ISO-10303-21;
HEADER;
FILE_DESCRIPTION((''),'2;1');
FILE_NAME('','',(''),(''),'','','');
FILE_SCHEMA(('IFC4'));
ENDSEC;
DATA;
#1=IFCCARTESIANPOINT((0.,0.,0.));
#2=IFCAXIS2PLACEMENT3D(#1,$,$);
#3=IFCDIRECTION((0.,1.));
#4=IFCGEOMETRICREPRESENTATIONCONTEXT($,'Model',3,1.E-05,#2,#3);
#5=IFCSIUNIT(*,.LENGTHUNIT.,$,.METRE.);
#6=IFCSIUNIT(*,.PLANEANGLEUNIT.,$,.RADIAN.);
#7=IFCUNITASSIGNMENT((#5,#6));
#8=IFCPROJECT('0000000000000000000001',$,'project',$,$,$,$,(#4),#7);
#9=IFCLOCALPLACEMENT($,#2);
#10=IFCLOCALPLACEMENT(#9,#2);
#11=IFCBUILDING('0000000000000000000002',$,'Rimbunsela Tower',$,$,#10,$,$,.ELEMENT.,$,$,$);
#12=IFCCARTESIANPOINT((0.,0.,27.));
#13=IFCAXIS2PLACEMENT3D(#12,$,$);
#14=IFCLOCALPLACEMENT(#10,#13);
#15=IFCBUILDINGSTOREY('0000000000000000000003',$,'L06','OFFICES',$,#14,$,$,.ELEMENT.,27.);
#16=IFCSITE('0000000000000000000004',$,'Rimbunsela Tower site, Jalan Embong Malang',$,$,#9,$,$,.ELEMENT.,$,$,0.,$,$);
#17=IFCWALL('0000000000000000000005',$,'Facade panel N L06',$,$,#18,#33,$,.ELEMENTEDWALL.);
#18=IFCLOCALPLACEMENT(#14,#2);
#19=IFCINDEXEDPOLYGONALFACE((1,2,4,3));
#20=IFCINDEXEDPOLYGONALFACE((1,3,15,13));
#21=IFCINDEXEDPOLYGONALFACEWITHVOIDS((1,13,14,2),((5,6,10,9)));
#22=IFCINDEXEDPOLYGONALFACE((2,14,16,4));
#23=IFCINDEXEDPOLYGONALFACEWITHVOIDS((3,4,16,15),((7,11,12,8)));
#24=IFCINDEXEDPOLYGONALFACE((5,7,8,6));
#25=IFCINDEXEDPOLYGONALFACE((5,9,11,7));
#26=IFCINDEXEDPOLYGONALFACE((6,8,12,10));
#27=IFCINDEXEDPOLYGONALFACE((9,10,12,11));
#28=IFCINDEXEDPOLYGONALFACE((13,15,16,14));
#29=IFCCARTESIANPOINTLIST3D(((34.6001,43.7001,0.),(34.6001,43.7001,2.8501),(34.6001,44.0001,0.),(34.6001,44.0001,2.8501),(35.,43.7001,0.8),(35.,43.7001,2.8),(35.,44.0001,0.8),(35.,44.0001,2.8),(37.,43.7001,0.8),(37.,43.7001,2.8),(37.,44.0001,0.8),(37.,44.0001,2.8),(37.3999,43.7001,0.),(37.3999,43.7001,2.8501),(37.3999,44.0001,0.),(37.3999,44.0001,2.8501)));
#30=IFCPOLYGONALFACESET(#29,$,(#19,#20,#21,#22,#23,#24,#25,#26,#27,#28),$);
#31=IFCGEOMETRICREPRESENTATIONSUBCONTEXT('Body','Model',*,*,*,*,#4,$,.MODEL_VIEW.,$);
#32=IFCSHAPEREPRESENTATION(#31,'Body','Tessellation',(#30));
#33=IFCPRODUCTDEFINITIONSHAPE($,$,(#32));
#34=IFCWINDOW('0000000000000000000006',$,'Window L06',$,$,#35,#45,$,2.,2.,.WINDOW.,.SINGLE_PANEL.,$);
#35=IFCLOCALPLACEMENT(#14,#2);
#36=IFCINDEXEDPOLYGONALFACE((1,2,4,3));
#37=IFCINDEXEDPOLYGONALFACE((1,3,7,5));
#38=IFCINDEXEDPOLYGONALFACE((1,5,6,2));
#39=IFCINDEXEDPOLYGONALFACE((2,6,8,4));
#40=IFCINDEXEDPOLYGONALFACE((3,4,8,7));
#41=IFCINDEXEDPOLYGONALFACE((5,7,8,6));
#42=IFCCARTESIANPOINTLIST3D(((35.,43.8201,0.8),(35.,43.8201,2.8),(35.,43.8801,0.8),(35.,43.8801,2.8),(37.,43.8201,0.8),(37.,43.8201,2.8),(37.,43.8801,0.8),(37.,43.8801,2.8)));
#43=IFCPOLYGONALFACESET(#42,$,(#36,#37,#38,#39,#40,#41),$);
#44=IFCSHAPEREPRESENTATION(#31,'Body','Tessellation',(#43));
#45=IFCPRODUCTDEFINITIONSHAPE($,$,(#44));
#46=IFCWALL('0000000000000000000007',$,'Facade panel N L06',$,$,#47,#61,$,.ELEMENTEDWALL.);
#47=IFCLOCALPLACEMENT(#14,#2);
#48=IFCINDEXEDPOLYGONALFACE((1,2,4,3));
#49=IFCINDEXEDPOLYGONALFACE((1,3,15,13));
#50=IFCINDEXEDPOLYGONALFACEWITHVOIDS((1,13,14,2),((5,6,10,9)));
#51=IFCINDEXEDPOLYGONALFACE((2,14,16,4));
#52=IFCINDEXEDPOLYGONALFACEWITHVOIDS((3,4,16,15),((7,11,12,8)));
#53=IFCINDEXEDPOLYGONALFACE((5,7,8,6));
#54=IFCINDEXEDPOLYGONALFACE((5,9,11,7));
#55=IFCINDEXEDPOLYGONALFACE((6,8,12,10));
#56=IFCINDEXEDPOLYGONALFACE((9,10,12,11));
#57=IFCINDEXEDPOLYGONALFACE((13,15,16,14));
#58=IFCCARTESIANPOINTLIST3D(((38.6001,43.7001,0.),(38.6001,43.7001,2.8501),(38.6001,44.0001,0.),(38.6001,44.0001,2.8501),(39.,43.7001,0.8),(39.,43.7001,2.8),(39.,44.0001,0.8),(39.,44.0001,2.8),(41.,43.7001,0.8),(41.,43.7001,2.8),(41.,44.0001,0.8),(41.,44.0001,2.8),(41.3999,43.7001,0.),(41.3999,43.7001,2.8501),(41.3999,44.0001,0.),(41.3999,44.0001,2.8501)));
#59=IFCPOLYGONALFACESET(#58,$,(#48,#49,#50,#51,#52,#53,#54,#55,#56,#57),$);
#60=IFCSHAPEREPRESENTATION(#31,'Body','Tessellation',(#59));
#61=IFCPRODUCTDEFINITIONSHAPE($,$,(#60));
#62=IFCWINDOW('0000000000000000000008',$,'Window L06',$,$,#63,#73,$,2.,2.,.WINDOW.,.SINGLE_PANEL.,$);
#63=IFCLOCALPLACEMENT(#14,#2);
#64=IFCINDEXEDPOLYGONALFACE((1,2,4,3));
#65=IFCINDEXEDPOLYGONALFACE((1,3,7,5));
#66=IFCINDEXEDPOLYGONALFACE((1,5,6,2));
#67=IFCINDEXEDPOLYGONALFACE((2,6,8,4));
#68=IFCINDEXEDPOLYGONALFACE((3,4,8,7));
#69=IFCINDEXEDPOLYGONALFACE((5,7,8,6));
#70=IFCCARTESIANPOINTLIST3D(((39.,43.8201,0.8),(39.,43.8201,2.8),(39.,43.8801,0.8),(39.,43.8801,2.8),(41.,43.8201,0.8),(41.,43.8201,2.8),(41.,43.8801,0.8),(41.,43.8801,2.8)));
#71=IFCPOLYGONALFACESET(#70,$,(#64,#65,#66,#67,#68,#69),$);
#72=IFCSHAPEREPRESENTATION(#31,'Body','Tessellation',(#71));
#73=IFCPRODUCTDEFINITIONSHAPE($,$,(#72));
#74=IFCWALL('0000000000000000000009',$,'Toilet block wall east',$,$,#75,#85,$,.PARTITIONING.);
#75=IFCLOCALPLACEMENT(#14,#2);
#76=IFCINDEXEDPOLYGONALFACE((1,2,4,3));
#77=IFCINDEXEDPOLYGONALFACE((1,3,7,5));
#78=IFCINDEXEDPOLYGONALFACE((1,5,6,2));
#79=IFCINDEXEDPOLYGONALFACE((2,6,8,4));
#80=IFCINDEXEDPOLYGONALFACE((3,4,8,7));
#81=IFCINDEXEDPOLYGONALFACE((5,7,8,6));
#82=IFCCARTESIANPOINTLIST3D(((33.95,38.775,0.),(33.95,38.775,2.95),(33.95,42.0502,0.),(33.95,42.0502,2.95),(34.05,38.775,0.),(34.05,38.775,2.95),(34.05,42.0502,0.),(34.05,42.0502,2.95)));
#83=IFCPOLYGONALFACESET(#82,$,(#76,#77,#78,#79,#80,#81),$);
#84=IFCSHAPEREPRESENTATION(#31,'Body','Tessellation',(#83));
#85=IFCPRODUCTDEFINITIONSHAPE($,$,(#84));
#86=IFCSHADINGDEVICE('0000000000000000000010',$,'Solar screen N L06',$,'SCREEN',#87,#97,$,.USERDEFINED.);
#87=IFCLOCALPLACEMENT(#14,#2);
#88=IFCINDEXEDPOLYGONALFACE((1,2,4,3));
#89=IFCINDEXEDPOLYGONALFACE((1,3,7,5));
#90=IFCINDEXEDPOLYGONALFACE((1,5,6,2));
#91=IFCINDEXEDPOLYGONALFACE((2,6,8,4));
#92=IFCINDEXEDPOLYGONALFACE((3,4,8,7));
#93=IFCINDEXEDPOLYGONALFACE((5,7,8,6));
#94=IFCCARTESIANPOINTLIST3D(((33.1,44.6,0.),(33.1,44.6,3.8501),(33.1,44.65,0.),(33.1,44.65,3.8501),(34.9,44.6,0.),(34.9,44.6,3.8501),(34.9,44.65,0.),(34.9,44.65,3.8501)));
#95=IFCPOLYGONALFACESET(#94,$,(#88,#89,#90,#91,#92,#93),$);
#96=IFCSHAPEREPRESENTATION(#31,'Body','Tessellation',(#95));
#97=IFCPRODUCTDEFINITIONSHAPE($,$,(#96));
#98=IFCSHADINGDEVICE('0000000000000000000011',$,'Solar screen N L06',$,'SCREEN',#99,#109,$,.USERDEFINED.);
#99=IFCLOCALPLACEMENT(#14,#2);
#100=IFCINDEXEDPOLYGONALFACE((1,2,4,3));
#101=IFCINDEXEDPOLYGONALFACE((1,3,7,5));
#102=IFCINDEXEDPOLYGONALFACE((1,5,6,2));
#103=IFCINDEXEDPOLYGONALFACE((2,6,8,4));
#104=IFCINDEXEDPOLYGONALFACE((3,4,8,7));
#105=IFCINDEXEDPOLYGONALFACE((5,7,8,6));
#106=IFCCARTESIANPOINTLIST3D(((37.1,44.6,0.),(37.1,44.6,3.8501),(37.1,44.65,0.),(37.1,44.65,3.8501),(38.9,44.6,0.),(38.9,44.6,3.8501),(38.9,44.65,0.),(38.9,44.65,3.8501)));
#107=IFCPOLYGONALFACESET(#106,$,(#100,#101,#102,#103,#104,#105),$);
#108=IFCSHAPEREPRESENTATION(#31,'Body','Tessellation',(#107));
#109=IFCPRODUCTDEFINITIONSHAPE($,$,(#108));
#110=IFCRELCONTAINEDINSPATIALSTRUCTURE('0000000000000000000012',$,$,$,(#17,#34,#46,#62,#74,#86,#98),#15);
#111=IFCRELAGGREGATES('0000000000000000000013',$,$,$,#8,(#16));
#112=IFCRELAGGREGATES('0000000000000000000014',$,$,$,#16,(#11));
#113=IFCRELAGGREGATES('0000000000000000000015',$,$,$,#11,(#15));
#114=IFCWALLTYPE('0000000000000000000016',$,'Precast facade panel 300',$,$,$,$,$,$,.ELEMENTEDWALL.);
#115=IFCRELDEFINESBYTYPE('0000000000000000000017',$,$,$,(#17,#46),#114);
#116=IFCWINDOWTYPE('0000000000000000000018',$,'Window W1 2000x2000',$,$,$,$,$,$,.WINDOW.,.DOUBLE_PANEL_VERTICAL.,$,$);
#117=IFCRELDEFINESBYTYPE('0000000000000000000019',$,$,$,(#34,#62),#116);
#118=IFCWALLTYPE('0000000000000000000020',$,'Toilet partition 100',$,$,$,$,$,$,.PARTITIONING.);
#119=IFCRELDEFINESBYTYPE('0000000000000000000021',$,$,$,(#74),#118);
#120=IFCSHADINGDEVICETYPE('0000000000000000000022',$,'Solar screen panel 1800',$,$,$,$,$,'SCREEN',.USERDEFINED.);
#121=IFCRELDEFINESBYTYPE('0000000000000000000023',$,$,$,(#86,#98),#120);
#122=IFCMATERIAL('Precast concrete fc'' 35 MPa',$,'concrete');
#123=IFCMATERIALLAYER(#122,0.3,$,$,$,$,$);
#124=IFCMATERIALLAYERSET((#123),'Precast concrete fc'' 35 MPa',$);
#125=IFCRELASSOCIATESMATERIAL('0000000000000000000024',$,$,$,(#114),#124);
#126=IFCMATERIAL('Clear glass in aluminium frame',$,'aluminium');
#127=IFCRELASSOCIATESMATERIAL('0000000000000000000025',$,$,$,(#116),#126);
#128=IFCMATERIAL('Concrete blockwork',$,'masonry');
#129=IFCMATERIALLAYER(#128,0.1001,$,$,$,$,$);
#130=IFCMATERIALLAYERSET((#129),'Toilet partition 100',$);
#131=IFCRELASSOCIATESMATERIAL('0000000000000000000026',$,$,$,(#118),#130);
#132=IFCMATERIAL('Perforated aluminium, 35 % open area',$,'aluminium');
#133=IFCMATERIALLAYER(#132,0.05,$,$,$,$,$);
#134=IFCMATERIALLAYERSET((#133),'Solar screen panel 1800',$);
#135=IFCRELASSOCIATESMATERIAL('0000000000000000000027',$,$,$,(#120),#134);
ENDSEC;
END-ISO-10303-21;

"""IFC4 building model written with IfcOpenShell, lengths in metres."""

from ifc_helpers import new_model, si_unit, direction, frame, frame_2d, origin, origin_2d, place, context, subcontext, project, spatial, rectangle, extrude, material, layer, layer_set, type_object, element, fill, save


model = new_model("IFC4")

# Units and contexts
model_context = context("Model", 3, precision=1e-05, world=origin(), true_north=direction((0.0, 1.0)))
body_context = subcontext(model_context, "Body", "Model", "MODEL_VIEW")
ifc_project = project(units=[si_unit("LENGTHUNIT", "METRE"), si_unit("PLANEANGLEUNIT", "RADIAN")], contexts=[model_context])

# Site, building, storey
site_placement = place(None, origin())
site = spatial("IfcSite", under=ifc_project, at=site_placement, Name="Rimbunsela Tower site, Jalan Embong Malang", CompositionType="ELEMENT", RefElevation=0.0)
building_placement = place(site_placement, origin())
building = spatial("IfcBuilding", under=site, at=building_placement, Name="Rimbunsela Tower", CompositionType="ELEMENT")
storey_placement = place(building_placement, frame((0.0, 0.0, 27.0)))
storey = spatial("IfcBuildingStorey", under=building, at=storey_placement, Name="L06", Description="OFFICES", CompositionType="ELEMENT", Elevation=27.0)

# Walls, openings, windows
ifc_material_1 = material(Name="Precast concrete fc' 35 MPa", Category="concrete")
ifc_layer_1 = layer(ifc_material_1, 0.3)
ifc_layer_set_1 = layer_set([ifc_layer_1], Name="Precast concrete fc' 35 MPa")
wall_type_1 = type_object("IfcWallType", Name="Precast facade panel 300", PredefinedType="ELEMENTEDWALL", material=ifc_layer_set_1)
ifc_material_2 = material(Name="Clear glass in aluminium frame", Category="aluminium")
window_type = type_object("IfcWindowType", Name="Window W1 2000x2000", PartitioningType="DOUBLE_PANEL_VERTICAL", PredefinedType="WINDOW", material=ifc_material_2)
wall_1_placement = place(storey_placement, frame((37.3999, 43.8501, 0.0), z_axis=(0.0, 0.0, 1.0), x_axis=(-1.0, 0.0, 0.0)))
wall_1 = element("IfcWall", 1, at=wall_1_placement, inside=storey, type_object=wall_type_1, Name="Facade panel N L06", PredefinedType="ELEMENTEDWALL", context=body_context, shape_type="SweptSolid", body=[
    extrude(rectangle(XDim=2.7998, YDim=0.3, at=frame_2d((1.3999, 0.0))), origin(), (0.0, 0.0, 1.0), 2.8501),
])
opening_1_placement = place(wall_1_placement, frame((0.3999, 0.0, 0.8)))
opening_1 = element("IfcOpeningElement", 2, at=opening_1_placement, cuts=wall_1, PredefinedType="OPENING", context=body_context, shape_type="SweptSolid", body=[
    extrude(rectangle(XDim=2.0, YDim=2.0, at=frame_2d((1.0, 1.0))), frame((0.0, 0.1599, 0.0), z_axis=(0.0, -1.0, 0.0), x_axis=(1.0, 0.0, 0.0)), (0.0, 0.0, 1.0), 0.3201),
])
window_1_placement = place(opening_1_placement, origin())
window_1 = element("IfcWindow", 3, at=window_1_placement, inside=storey, type_object=window_type, Name="Window L06", OverallHeight=2.0, OverallWidth=2.0, PartitioningType="SINGLE_PANEL", PredefinedType="WINDOW", context=body_context, shape_type="SweptSolid", body=[
    extrude(rectangle(XDim=2.0, YDim=2.0, at=frame_2d((1.0, 1.0))), frame((0.0, 0.03, 0.0), z_axis=(0.0, -1.0, 0.0), x_axis=(1.0, 0.0, 0.0)), (0.0, 0.0, 1.0), 0.0601),
])
fill(opening_1, window_1)
wall_2_placement = place(storey_placement, frame((41.3999, 43.8501, 0.0), z_axis=(0.0, 0.0, 1.0), x_axis=(-1.0, 0.0, 0.0)))
wall_2 = element("IfcWall", 4, at=wall_2_placement, inside=storey, type_object=wall_type_1, Name="Facade panel N L06", PredefinedType="ELEMENTEDWALL", context=body_context, shape_type="SweptSolid", body=[
    extrude(rectangle(XDim=2.7998, YDim=0.3, at=frame_2d((1.3999, 0.0))), origin(), (0.0, 0.0, 1.0), 2.8501),
])
opening_2_placement = place(wall_2_placement, frame((0.3999, 0.0, 0.8)))
opening_2 = element("IfcOpeningElement", 5, at=opening_2_placement, cuts=wall_2, PredefinedType="OPENING", context=body_context, shape_type="SweptSolid", body=[
    extrude(rectangle(XDim=2.0, YDim=2.0, at=frame_2d((1.0, 1.0))), frame((0.0, 0.1599, 0.0), z_axis=(0.0, -1.0, 0.0), x_axis=(1.0, 0.0, 0.0)), (0.0, 0.0, 1.0), 0.3201),
])
window_2_placement = place(opening_2_placement, origin())
window_2 = element("IfcWindow", 6, at=window_2_placement, inside=storey, type_object=window_type, Name="Window L06", OverallHeight=2.0, OverallWidth=2.0, PartitioningType="SINGLE_PANEL", PredefinedType="WINDOW", context=body_context, shape_type="SweptSolid", body=[
    extrude(rectangle(XDim=2.0, YDim=2.0, at=frame_2d((1.0, 1.0))), frame((0.0, 0.03, 0.0), z_axis=(0.0, -1.0, 0.0), x_axis=(1.0, 0.0, 0.0)), (0.0, 0.0, 1.0), 0.0601),
])
fill(opening_2, window_2)

# Wall
ifc_material_3 = material(Name="Concrete blockwork", Category="masonry")
ifc_layer_2 = layer(ifc_material_3, 0.1001)
ifc_layer_set_2 = layer_set([ifc_layer_2], Name="Toilet partition 100")
wall_type_2 = type_object("IfcWallType", Name="Toilet partition 100", PredefinedType="PARTITIONING", material=ifc_layer_set_2)
wall_3_placement = place(storey_placement, frame((34.0, 38.7749, 0.0), z_axis=(0.0, 0.0, 1.0), x_axis=(0.0, 1.0, 0.0)))
element("IfcWall", 7, at=wall_3_placement, inside=storey, type_object=wall_type_2, Name="Toilet block wall east", PredefinedType="PARTITIONING", context=body_context, shape_type="SweptSolid", body=[
    extrude(rectangle(XDim=3.2751, YDim=0.1001, at=frame_2d((1.6377, 0.0))), origin(), (0.0, 0.0, 1.0), 2.95),
])

# Shading devices
ifc_material_4 = material(Name="Perforated aluminium, 35 % open area", Category="aluminium")
ifc_layer_3 = layer(ifc_material_4, 0.05)
ifc_layer_set_3 = layer_set([ifc_layer_3], Name="Solar screen panel 1800")
shading_device_type = type_object("IfcShadingDeviceType", Name="Solar screen panel 1800", ElementType="SCREEN", PredefinedType="USERDEFINED", material=ifc_layer_set_3)
for number, where, z_axis, x_axis, name in (
    (8, (34.0, 44.625, 0.0), (0.0, 0.0, 1.0), (1.0, 0.0, 0.0), "Solar screen N L06"),
    (9, (38.0, 44.625, 0.0), (0.0, 0.0, 1.0), (1.0, 0.0, 0.0), "Solar screen N L06"),
):
    element("IfcShadingDevice", number, at=place(storey_placement, frame(where, z_axis=z_axis, x_axis=x_axis)), inside=storey, type_object=shading_device_type, Name=name, ObjectType="SCREEN", PredefinedType="USERDEFINED", context=body_context, shape_type="SweptSolid", body=[
        extrude(rectangle(XDim=1.8, YDim=0.05, at=origin_2d()), origin(), (0.0, 0.0, 1.0), 3.8501),
    ])

save(model, "model.ifc")
